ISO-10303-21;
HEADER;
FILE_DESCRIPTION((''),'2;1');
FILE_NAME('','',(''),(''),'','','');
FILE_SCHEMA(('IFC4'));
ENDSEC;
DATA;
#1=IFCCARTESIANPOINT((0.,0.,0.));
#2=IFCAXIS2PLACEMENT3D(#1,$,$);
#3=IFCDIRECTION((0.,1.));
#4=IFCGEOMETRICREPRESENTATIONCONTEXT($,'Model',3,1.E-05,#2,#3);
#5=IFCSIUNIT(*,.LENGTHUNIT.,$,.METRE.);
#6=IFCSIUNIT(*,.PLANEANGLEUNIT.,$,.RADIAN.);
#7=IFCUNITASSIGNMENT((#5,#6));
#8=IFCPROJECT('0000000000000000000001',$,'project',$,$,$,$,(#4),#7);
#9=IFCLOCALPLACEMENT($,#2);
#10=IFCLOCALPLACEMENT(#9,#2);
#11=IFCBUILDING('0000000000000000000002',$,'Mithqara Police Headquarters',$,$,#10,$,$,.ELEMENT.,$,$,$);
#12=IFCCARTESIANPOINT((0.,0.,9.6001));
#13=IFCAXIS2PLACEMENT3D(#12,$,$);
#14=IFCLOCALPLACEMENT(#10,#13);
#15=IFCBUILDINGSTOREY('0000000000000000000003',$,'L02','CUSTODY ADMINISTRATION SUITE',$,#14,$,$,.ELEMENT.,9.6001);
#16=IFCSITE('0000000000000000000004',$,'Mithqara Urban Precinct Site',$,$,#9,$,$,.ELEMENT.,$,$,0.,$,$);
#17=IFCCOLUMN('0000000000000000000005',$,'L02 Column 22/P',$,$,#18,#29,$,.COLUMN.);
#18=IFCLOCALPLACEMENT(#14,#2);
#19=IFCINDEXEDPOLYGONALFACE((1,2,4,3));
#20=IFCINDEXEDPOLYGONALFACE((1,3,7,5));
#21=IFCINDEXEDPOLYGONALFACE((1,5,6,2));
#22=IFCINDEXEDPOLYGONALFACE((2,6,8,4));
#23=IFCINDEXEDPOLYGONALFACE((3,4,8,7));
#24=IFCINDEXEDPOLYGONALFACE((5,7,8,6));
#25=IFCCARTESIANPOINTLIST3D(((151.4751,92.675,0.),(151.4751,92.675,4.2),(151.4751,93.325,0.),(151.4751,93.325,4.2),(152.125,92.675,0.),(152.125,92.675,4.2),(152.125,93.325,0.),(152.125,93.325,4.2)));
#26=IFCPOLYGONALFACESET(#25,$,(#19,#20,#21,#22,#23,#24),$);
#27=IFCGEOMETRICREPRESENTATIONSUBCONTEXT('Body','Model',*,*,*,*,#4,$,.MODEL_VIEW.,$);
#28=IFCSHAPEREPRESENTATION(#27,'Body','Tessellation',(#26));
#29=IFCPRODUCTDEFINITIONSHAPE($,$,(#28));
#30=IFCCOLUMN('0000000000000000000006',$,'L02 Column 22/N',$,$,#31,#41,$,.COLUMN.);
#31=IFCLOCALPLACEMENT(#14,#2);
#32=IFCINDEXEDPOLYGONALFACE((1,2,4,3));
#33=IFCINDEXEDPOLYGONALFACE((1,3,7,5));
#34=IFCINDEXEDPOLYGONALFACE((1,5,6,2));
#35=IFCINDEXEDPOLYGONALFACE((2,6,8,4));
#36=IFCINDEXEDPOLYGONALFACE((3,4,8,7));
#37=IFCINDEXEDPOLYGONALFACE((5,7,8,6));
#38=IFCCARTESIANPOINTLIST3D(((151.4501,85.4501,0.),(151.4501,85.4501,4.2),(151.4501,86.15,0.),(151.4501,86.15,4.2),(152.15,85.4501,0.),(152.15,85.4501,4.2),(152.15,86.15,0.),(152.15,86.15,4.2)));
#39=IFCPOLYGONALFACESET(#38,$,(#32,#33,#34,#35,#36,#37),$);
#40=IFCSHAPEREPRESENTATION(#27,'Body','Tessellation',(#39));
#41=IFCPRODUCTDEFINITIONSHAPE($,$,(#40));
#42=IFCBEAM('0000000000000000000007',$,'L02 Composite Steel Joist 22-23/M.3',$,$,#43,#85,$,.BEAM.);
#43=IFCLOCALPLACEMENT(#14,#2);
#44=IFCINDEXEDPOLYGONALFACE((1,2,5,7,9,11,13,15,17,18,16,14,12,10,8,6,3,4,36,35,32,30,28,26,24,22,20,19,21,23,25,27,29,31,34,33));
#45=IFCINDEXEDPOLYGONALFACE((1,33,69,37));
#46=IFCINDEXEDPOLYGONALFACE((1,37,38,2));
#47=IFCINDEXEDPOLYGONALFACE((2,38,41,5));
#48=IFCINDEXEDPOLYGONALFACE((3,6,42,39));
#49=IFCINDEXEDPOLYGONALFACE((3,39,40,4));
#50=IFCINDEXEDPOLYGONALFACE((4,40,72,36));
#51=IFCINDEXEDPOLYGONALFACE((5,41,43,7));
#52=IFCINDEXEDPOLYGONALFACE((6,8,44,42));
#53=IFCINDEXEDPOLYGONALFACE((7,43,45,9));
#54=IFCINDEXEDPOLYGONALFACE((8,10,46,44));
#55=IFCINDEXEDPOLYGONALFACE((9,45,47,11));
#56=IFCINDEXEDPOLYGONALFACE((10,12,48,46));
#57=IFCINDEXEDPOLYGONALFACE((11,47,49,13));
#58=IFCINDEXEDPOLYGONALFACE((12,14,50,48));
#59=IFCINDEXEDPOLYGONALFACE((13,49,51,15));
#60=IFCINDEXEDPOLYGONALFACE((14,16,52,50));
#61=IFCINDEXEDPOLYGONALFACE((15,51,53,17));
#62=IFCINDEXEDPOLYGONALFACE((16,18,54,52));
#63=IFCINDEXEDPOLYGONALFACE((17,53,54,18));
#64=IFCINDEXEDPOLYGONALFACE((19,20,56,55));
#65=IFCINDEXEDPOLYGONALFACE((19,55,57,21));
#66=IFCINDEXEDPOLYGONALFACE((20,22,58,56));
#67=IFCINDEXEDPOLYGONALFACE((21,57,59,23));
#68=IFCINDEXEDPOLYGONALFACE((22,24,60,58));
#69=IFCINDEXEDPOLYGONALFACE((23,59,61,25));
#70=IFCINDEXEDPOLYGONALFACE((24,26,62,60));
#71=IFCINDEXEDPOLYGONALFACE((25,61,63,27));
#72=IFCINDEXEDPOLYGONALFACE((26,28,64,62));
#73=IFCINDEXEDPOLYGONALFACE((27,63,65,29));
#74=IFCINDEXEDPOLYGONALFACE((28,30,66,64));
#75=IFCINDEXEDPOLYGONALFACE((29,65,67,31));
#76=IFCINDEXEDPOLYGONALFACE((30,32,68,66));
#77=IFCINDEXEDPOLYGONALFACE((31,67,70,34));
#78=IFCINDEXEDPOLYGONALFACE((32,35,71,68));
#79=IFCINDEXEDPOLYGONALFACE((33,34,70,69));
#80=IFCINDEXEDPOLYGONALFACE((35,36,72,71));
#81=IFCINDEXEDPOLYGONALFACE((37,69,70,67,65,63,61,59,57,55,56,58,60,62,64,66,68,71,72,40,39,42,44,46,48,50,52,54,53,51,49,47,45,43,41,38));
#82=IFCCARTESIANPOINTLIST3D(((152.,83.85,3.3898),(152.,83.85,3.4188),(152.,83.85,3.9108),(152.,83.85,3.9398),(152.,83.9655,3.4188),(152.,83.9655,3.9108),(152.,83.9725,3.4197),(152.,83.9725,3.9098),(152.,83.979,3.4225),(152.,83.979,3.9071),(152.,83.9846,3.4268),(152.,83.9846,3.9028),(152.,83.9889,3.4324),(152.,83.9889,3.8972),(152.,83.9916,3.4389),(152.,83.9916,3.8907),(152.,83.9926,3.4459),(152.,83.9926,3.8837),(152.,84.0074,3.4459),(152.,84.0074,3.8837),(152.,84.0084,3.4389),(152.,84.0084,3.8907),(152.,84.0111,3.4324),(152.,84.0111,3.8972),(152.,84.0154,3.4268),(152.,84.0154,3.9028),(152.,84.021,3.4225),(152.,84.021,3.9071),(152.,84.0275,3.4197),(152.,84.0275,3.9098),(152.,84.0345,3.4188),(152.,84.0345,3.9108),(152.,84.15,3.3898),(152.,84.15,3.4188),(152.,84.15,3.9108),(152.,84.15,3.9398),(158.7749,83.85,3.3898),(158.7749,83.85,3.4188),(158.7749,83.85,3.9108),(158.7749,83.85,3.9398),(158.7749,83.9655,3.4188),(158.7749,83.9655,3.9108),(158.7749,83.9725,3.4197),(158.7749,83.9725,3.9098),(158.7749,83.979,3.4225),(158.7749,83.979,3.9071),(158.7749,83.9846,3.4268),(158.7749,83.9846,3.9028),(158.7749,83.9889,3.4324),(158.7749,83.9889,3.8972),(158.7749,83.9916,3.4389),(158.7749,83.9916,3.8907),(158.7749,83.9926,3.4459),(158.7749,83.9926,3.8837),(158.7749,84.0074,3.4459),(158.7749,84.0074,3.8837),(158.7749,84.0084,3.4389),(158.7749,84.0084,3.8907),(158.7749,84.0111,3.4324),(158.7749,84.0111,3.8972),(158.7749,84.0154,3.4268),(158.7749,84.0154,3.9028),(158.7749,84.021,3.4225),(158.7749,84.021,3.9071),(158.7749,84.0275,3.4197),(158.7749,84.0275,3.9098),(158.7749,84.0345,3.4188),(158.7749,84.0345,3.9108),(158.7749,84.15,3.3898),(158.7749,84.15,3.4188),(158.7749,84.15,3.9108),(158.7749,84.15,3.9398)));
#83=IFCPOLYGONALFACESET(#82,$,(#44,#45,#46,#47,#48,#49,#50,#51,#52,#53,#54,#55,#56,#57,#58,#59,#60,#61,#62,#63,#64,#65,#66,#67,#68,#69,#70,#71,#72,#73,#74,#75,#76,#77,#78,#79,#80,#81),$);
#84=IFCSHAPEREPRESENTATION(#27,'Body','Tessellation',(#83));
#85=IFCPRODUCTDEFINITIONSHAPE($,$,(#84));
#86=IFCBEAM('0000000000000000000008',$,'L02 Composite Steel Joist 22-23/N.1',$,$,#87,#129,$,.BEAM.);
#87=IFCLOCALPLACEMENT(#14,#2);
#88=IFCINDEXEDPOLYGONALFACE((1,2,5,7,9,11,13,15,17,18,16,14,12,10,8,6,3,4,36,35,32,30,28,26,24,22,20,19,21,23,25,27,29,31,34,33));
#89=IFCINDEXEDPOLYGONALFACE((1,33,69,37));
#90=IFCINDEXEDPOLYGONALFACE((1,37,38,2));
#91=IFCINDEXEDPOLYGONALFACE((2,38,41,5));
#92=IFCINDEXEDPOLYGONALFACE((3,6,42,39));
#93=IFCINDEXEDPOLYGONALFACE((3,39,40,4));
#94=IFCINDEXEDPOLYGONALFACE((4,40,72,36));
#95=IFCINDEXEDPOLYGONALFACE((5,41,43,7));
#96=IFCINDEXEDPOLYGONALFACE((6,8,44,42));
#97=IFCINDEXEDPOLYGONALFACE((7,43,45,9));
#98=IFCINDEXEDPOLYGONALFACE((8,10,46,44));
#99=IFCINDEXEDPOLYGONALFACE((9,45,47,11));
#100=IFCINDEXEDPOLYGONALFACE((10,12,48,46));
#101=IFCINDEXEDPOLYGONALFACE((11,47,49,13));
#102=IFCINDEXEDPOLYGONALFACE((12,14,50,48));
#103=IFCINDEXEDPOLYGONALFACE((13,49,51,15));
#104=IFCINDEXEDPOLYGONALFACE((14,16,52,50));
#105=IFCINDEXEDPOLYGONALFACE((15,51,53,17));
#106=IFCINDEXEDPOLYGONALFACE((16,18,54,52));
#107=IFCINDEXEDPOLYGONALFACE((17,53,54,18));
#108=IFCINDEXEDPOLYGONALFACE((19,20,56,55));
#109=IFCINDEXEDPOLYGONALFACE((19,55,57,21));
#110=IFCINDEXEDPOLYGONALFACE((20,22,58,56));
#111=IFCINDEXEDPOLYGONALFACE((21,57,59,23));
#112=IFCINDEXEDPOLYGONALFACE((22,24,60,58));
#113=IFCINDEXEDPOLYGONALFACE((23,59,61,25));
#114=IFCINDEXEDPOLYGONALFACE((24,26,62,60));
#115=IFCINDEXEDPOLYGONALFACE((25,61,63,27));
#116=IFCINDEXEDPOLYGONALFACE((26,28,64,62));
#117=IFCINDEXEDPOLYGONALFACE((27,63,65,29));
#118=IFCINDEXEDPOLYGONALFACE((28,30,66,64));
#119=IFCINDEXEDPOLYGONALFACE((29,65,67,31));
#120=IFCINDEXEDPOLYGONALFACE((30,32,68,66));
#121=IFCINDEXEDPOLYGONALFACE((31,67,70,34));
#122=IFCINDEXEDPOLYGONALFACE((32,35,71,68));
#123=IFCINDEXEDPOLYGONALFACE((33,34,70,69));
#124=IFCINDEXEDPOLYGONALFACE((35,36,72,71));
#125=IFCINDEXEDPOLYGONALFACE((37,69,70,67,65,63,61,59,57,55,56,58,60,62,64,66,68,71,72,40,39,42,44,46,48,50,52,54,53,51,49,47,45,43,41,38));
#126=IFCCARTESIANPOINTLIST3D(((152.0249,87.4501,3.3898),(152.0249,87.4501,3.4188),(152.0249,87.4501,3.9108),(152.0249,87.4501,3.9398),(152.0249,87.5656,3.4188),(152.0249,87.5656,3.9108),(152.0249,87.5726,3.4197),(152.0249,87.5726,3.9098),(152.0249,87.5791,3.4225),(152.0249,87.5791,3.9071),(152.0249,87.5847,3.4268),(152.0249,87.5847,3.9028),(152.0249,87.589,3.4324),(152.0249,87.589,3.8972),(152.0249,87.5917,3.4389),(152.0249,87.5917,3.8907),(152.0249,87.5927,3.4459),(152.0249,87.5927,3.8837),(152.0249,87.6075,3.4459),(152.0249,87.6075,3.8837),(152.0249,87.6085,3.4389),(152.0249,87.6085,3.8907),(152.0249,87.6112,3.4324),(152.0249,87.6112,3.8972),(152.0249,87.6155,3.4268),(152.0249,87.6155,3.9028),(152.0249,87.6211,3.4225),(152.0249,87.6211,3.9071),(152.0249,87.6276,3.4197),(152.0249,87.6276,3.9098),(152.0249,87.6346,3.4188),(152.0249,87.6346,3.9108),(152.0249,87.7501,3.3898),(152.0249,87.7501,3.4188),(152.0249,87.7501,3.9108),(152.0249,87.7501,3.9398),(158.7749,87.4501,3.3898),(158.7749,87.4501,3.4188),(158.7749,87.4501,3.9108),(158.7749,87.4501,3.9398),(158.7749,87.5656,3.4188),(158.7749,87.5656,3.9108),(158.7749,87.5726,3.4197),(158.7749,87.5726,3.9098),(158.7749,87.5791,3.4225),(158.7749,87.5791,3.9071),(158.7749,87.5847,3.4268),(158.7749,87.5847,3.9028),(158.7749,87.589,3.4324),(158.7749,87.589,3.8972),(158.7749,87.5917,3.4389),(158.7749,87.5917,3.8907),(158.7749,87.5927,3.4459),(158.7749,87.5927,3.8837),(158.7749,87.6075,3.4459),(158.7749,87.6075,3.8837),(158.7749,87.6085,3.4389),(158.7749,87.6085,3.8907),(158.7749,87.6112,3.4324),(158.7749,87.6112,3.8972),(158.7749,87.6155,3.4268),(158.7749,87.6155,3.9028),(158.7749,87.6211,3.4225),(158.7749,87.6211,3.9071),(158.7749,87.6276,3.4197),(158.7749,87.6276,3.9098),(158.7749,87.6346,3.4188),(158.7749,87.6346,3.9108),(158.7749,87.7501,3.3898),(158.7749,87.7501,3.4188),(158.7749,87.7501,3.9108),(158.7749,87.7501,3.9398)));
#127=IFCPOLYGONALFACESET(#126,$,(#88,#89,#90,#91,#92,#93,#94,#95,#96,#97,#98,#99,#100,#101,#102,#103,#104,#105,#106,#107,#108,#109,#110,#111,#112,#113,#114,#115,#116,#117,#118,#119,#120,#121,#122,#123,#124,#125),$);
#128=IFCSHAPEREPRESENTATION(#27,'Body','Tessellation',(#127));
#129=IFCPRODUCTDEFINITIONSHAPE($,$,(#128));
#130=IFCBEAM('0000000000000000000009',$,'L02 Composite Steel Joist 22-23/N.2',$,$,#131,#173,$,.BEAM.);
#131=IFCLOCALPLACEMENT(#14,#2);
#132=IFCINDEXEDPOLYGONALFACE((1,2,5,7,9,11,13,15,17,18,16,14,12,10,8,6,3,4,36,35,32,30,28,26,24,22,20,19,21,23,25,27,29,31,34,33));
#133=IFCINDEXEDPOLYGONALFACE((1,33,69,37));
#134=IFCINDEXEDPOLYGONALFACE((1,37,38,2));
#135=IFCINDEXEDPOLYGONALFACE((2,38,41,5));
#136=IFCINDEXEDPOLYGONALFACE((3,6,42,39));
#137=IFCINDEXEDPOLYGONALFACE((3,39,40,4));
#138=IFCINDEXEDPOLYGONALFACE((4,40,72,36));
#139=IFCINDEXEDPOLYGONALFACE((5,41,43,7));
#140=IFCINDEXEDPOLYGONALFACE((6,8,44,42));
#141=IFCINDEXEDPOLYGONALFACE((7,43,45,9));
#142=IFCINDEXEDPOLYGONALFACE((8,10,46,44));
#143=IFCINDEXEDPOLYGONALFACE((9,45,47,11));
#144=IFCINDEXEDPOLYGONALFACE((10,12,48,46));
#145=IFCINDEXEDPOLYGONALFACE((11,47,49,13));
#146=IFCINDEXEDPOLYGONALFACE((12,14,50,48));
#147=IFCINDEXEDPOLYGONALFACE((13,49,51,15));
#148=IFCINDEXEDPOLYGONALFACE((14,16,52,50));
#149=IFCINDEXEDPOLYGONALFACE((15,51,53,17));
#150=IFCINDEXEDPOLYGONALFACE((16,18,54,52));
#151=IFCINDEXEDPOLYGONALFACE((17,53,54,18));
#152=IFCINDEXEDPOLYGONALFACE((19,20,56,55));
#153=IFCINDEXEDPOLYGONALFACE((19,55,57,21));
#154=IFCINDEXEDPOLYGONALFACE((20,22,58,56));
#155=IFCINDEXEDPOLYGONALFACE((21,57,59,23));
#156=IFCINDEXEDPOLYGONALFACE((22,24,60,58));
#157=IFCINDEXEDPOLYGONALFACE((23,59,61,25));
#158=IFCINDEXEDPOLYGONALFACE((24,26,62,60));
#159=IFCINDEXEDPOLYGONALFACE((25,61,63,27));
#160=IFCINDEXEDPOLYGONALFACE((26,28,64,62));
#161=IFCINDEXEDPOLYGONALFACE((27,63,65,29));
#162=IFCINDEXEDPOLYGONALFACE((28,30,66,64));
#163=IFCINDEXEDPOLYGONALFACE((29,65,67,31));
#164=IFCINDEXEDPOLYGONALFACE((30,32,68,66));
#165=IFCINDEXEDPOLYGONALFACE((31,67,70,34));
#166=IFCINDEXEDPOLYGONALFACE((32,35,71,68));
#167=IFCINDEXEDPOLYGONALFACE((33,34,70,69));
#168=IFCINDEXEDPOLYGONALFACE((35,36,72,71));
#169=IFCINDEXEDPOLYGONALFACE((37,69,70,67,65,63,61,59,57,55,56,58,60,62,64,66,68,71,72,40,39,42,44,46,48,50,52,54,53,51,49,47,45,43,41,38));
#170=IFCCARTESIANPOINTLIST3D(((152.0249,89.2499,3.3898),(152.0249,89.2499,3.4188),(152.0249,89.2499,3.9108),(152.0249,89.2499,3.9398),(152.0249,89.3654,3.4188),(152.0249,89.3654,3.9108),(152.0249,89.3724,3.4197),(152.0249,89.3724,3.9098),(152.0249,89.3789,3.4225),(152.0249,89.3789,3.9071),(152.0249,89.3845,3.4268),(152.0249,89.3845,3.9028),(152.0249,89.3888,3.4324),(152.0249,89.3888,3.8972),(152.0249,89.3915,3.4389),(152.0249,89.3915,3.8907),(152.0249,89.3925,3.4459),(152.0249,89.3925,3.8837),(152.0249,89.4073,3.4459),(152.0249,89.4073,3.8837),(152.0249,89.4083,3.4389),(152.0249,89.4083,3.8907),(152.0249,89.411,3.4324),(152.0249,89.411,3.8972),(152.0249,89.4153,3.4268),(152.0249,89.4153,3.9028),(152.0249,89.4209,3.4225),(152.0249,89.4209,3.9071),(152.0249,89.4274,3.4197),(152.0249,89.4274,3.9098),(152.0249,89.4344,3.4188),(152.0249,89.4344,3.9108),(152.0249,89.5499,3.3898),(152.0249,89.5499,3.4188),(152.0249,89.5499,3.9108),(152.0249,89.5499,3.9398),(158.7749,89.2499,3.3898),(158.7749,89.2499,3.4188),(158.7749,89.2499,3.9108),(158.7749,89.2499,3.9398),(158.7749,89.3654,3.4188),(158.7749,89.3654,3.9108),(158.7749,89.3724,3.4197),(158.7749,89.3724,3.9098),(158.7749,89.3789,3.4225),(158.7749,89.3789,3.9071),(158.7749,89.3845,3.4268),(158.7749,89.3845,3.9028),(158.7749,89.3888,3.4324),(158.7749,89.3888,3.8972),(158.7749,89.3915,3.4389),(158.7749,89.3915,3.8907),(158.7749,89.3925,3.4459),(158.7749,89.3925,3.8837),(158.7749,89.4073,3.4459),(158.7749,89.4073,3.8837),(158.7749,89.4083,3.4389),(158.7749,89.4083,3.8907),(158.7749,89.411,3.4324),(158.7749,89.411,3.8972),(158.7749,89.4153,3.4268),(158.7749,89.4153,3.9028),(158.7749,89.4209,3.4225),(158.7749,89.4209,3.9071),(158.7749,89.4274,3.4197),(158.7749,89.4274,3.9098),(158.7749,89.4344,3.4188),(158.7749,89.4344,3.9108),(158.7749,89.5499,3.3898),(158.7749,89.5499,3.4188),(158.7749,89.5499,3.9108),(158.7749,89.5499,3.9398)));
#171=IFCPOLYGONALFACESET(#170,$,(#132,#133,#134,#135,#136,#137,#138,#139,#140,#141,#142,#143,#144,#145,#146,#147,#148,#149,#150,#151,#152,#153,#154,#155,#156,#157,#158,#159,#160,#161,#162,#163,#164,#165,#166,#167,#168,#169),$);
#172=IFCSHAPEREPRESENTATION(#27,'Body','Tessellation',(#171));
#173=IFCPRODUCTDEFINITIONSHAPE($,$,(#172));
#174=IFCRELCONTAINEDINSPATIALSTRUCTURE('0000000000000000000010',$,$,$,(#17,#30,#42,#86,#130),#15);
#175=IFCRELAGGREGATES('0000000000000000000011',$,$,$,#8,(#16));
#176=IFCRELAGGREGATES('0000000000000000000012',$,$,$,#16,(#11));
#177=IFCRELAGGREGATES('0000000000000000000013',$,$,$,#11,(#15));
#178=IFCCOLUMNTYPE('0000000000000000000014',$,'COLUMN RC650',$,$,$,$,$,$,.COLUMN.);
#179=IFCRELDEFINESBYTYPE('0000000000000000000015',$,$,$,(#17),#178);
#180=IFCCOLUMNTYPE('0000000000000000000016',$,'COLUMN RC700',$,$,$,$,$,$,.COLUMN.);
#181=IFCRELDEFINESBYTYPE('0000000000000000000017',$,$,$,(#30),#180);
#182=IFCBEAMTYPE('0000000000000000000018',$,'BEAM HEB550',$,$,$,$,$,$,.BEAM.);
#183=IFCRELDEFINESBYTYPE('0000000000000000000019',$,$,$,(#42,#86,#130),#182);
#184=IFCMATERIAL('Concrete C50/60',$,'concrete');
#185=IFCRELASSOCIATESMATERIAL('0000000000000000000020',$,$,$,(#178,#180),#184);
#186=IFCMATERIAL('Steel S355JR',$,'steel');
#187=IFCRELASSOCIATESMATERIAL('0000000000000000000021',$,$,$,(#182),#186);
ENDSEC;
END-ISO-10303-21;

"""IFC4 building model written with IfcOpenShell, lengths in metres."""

from ifc_helpers import new_model, si_unit, direction, frame, origin, origin_2d, place, context, subcontext, project, spatial, rectangle, i_section, extrude, material, material_profile, profile_set, type_object, element, save


model = new_model("IFC4")

# Units and contexts
model_context = context("Model", 3, precision=1e-05, world=origin(), true_north=direction((0.0, 1.0)))
body_context = subcontext(model_context, "Body", "Model", "MODEL_VIEW")
ifc_project = project(units=[si_unit("LENGTHUNIT", "METRE"), si_unit("PLANEANGLEUNIT", "RADIAN")], contexts=[model_context])

# Site, building, storey
site_placement = place(None, origin())
site = spatial("IfcSite", under=ifc_project, at=site_placement, Name="Mithqara Urban Precinct Site", CompositionType="ELEMENT", RefElevation=0.0)
building_placement = place(site_placement, origin())
building = spatial("IfcBuilding", under=site, at=building_placement, Name="Mithqara Police Headquarters", CompositionType="ELEMENT")
storey_placement = place(building_placement, frame((0.0, 0.0, 9.6001)))
storey = spatial("IfcBuildingStorey", under=building, at=storey_placement, Name="L02", Description="CUSTODY ADMINISTRATION SUITE", CompositionType="ELEMENT", Elevation=9.6001)

# Columns
ifc_material_1 = material(Name="Concrete C50/60", Category="concrete")
ifc_material_profile_1 = material_profile(ifc_material_1, rectangle(XDim=0.6499, YDim=0.6499, at=origin_2d()), Name="RC 650x650")
ifc_profile_set_1 = profile_set([ifc_material_profile_1], Name="Concrete C50/60")
column_type_1 = type_object("IfcColumnType", Name="COLUMN RC650", PredefinedType="COLUMN", material=ifc_profile_set_1)
column_1_placement = place(storey_placement, frame((151.8, 93.0, 0.0), z_axis=(0.0, 0.0, 1.0), x_axis=(1.0, 0.0, 0.0)))
element("IfcColumn", 1, at=column_1_placement, inside=storey, type_object=column_type_1, Name="L02 Column 22/P", PredefinedType="COLUMN", context=body_context, shape_type="SweptSolid", body=[
    extrude(rectangle(XDim=0.6499, YDim=0.6499, at=origin_2d()), origin(), (0.0, 0.0, 1.0), 4.2),
])
ifc_material_profile_2 = material_profile(ifc_material_1, rectangle(XDim=0.7, YDim=0.7, at=origin_2d()), Name="RC 700x700")
ifc_profile_set_2 = profile_set([ifc_material_profile_2], Name="Concrete C50/60")
column_type_2 = type_object("IfcColumnType", Name="COLUMN RC700", PredefinedType="COLUMN", material=ifc_profile_set_2)
column_2_placement = place(storey_placement, frame((151.8, 85.8, 0.0), z_axis=(0.0, 0.0, 1.0), x_axis=(1.0, 0.0, 0.0)))
element("IfcColumn", 2, at=column_2_placement, inside=storey, type_object=column_type_2, Name="L02 Column 22/N", PredefinedType="COLUMN", context=body_context, shape_type="SweptSolid", body=[
    extrude(rectangle(XDim=0.7, YDim=0.7, at=origin_2d()), origin(), (0.0, 0.0, 1.0), 4.2),
])

# Beams
ifc_material_2 = material(Name="Steel S355JR", Category="steel")
ifc_material_profile_3 = material_profile(ifc_material_2, i_section(OverallWidth=0.3, OverallDepth=0.55, WebThickness=0.0149, FlangeThickness=0.0291, FilletRadius=0.0271, at=origin_2d()), Name="HEB 550")
ifc_profile_set_3 = profile_set([ifc_material_profile_3], Name="Steel S355JR")
beam_type_1 = type_object("IfcBeamType", Name="BEAM HEB550", PredefinedType="BEAM", material=ifc_profile_set_3)
beam_1_placement = place(storey_placement, frame((152.0, 84.0, 3.6648), z_axis=(1.0, 0.0, 0.0), x_axis=(0.0, 1.0, 0.0)))
element("IfcBeam", 3, at=beam_1_placement, inside=storey, type_object=beam_type_1, Name="L02 Composite Steel Joist 22-23/M.3", PredefinedType="BEAM", context=body_context, shape_type="SweptSolid", body=[
    extrude(i_section(OverallWidth=0.3, OverallDepth=0.55, WebThickness=0.0149, FlangeThickness=0.0291, FilletRadius=0.0271, at=origin_2d()), origin(), (0.0, 0.0, 1.0), 6.7749),
])
for number, where, z_axis, x_axis, name in (
    (4, (152.0249, 87.6001, 3.6648), (1.0, 0.0, 0.0), (0.0, 1.0, 0.0), "L02 Composite Steel Joist 22-23/N.1"),
    (5, (152.0249, 89.3999, 3.6648), (1.0, 0.0, 0.0), (0.0, 1.0, 0.0), "L02 Composite Steel Joist 22-23/N.2"),
):
    element("IfcBeam", number, at=place(storey_placement, frame(where, z_axis=z_axis, x_axis=x_axis)), inside=storey, type_object=beam_type_1, Name=name, PredefinedType="BEAM", context=body_context, shape_type="SweptSolid", body=[
        extrude(i_section(OverallWidth=0.3, OverallDepth=0.55, WebThickness=0.0149, FlangeThickness=0.0291, FilletRadius=0.0271, at=origin_2d()), origin(), (0.0, 0.0, 1.0), 6.75),
    ])

save(model, "model.ifc")
